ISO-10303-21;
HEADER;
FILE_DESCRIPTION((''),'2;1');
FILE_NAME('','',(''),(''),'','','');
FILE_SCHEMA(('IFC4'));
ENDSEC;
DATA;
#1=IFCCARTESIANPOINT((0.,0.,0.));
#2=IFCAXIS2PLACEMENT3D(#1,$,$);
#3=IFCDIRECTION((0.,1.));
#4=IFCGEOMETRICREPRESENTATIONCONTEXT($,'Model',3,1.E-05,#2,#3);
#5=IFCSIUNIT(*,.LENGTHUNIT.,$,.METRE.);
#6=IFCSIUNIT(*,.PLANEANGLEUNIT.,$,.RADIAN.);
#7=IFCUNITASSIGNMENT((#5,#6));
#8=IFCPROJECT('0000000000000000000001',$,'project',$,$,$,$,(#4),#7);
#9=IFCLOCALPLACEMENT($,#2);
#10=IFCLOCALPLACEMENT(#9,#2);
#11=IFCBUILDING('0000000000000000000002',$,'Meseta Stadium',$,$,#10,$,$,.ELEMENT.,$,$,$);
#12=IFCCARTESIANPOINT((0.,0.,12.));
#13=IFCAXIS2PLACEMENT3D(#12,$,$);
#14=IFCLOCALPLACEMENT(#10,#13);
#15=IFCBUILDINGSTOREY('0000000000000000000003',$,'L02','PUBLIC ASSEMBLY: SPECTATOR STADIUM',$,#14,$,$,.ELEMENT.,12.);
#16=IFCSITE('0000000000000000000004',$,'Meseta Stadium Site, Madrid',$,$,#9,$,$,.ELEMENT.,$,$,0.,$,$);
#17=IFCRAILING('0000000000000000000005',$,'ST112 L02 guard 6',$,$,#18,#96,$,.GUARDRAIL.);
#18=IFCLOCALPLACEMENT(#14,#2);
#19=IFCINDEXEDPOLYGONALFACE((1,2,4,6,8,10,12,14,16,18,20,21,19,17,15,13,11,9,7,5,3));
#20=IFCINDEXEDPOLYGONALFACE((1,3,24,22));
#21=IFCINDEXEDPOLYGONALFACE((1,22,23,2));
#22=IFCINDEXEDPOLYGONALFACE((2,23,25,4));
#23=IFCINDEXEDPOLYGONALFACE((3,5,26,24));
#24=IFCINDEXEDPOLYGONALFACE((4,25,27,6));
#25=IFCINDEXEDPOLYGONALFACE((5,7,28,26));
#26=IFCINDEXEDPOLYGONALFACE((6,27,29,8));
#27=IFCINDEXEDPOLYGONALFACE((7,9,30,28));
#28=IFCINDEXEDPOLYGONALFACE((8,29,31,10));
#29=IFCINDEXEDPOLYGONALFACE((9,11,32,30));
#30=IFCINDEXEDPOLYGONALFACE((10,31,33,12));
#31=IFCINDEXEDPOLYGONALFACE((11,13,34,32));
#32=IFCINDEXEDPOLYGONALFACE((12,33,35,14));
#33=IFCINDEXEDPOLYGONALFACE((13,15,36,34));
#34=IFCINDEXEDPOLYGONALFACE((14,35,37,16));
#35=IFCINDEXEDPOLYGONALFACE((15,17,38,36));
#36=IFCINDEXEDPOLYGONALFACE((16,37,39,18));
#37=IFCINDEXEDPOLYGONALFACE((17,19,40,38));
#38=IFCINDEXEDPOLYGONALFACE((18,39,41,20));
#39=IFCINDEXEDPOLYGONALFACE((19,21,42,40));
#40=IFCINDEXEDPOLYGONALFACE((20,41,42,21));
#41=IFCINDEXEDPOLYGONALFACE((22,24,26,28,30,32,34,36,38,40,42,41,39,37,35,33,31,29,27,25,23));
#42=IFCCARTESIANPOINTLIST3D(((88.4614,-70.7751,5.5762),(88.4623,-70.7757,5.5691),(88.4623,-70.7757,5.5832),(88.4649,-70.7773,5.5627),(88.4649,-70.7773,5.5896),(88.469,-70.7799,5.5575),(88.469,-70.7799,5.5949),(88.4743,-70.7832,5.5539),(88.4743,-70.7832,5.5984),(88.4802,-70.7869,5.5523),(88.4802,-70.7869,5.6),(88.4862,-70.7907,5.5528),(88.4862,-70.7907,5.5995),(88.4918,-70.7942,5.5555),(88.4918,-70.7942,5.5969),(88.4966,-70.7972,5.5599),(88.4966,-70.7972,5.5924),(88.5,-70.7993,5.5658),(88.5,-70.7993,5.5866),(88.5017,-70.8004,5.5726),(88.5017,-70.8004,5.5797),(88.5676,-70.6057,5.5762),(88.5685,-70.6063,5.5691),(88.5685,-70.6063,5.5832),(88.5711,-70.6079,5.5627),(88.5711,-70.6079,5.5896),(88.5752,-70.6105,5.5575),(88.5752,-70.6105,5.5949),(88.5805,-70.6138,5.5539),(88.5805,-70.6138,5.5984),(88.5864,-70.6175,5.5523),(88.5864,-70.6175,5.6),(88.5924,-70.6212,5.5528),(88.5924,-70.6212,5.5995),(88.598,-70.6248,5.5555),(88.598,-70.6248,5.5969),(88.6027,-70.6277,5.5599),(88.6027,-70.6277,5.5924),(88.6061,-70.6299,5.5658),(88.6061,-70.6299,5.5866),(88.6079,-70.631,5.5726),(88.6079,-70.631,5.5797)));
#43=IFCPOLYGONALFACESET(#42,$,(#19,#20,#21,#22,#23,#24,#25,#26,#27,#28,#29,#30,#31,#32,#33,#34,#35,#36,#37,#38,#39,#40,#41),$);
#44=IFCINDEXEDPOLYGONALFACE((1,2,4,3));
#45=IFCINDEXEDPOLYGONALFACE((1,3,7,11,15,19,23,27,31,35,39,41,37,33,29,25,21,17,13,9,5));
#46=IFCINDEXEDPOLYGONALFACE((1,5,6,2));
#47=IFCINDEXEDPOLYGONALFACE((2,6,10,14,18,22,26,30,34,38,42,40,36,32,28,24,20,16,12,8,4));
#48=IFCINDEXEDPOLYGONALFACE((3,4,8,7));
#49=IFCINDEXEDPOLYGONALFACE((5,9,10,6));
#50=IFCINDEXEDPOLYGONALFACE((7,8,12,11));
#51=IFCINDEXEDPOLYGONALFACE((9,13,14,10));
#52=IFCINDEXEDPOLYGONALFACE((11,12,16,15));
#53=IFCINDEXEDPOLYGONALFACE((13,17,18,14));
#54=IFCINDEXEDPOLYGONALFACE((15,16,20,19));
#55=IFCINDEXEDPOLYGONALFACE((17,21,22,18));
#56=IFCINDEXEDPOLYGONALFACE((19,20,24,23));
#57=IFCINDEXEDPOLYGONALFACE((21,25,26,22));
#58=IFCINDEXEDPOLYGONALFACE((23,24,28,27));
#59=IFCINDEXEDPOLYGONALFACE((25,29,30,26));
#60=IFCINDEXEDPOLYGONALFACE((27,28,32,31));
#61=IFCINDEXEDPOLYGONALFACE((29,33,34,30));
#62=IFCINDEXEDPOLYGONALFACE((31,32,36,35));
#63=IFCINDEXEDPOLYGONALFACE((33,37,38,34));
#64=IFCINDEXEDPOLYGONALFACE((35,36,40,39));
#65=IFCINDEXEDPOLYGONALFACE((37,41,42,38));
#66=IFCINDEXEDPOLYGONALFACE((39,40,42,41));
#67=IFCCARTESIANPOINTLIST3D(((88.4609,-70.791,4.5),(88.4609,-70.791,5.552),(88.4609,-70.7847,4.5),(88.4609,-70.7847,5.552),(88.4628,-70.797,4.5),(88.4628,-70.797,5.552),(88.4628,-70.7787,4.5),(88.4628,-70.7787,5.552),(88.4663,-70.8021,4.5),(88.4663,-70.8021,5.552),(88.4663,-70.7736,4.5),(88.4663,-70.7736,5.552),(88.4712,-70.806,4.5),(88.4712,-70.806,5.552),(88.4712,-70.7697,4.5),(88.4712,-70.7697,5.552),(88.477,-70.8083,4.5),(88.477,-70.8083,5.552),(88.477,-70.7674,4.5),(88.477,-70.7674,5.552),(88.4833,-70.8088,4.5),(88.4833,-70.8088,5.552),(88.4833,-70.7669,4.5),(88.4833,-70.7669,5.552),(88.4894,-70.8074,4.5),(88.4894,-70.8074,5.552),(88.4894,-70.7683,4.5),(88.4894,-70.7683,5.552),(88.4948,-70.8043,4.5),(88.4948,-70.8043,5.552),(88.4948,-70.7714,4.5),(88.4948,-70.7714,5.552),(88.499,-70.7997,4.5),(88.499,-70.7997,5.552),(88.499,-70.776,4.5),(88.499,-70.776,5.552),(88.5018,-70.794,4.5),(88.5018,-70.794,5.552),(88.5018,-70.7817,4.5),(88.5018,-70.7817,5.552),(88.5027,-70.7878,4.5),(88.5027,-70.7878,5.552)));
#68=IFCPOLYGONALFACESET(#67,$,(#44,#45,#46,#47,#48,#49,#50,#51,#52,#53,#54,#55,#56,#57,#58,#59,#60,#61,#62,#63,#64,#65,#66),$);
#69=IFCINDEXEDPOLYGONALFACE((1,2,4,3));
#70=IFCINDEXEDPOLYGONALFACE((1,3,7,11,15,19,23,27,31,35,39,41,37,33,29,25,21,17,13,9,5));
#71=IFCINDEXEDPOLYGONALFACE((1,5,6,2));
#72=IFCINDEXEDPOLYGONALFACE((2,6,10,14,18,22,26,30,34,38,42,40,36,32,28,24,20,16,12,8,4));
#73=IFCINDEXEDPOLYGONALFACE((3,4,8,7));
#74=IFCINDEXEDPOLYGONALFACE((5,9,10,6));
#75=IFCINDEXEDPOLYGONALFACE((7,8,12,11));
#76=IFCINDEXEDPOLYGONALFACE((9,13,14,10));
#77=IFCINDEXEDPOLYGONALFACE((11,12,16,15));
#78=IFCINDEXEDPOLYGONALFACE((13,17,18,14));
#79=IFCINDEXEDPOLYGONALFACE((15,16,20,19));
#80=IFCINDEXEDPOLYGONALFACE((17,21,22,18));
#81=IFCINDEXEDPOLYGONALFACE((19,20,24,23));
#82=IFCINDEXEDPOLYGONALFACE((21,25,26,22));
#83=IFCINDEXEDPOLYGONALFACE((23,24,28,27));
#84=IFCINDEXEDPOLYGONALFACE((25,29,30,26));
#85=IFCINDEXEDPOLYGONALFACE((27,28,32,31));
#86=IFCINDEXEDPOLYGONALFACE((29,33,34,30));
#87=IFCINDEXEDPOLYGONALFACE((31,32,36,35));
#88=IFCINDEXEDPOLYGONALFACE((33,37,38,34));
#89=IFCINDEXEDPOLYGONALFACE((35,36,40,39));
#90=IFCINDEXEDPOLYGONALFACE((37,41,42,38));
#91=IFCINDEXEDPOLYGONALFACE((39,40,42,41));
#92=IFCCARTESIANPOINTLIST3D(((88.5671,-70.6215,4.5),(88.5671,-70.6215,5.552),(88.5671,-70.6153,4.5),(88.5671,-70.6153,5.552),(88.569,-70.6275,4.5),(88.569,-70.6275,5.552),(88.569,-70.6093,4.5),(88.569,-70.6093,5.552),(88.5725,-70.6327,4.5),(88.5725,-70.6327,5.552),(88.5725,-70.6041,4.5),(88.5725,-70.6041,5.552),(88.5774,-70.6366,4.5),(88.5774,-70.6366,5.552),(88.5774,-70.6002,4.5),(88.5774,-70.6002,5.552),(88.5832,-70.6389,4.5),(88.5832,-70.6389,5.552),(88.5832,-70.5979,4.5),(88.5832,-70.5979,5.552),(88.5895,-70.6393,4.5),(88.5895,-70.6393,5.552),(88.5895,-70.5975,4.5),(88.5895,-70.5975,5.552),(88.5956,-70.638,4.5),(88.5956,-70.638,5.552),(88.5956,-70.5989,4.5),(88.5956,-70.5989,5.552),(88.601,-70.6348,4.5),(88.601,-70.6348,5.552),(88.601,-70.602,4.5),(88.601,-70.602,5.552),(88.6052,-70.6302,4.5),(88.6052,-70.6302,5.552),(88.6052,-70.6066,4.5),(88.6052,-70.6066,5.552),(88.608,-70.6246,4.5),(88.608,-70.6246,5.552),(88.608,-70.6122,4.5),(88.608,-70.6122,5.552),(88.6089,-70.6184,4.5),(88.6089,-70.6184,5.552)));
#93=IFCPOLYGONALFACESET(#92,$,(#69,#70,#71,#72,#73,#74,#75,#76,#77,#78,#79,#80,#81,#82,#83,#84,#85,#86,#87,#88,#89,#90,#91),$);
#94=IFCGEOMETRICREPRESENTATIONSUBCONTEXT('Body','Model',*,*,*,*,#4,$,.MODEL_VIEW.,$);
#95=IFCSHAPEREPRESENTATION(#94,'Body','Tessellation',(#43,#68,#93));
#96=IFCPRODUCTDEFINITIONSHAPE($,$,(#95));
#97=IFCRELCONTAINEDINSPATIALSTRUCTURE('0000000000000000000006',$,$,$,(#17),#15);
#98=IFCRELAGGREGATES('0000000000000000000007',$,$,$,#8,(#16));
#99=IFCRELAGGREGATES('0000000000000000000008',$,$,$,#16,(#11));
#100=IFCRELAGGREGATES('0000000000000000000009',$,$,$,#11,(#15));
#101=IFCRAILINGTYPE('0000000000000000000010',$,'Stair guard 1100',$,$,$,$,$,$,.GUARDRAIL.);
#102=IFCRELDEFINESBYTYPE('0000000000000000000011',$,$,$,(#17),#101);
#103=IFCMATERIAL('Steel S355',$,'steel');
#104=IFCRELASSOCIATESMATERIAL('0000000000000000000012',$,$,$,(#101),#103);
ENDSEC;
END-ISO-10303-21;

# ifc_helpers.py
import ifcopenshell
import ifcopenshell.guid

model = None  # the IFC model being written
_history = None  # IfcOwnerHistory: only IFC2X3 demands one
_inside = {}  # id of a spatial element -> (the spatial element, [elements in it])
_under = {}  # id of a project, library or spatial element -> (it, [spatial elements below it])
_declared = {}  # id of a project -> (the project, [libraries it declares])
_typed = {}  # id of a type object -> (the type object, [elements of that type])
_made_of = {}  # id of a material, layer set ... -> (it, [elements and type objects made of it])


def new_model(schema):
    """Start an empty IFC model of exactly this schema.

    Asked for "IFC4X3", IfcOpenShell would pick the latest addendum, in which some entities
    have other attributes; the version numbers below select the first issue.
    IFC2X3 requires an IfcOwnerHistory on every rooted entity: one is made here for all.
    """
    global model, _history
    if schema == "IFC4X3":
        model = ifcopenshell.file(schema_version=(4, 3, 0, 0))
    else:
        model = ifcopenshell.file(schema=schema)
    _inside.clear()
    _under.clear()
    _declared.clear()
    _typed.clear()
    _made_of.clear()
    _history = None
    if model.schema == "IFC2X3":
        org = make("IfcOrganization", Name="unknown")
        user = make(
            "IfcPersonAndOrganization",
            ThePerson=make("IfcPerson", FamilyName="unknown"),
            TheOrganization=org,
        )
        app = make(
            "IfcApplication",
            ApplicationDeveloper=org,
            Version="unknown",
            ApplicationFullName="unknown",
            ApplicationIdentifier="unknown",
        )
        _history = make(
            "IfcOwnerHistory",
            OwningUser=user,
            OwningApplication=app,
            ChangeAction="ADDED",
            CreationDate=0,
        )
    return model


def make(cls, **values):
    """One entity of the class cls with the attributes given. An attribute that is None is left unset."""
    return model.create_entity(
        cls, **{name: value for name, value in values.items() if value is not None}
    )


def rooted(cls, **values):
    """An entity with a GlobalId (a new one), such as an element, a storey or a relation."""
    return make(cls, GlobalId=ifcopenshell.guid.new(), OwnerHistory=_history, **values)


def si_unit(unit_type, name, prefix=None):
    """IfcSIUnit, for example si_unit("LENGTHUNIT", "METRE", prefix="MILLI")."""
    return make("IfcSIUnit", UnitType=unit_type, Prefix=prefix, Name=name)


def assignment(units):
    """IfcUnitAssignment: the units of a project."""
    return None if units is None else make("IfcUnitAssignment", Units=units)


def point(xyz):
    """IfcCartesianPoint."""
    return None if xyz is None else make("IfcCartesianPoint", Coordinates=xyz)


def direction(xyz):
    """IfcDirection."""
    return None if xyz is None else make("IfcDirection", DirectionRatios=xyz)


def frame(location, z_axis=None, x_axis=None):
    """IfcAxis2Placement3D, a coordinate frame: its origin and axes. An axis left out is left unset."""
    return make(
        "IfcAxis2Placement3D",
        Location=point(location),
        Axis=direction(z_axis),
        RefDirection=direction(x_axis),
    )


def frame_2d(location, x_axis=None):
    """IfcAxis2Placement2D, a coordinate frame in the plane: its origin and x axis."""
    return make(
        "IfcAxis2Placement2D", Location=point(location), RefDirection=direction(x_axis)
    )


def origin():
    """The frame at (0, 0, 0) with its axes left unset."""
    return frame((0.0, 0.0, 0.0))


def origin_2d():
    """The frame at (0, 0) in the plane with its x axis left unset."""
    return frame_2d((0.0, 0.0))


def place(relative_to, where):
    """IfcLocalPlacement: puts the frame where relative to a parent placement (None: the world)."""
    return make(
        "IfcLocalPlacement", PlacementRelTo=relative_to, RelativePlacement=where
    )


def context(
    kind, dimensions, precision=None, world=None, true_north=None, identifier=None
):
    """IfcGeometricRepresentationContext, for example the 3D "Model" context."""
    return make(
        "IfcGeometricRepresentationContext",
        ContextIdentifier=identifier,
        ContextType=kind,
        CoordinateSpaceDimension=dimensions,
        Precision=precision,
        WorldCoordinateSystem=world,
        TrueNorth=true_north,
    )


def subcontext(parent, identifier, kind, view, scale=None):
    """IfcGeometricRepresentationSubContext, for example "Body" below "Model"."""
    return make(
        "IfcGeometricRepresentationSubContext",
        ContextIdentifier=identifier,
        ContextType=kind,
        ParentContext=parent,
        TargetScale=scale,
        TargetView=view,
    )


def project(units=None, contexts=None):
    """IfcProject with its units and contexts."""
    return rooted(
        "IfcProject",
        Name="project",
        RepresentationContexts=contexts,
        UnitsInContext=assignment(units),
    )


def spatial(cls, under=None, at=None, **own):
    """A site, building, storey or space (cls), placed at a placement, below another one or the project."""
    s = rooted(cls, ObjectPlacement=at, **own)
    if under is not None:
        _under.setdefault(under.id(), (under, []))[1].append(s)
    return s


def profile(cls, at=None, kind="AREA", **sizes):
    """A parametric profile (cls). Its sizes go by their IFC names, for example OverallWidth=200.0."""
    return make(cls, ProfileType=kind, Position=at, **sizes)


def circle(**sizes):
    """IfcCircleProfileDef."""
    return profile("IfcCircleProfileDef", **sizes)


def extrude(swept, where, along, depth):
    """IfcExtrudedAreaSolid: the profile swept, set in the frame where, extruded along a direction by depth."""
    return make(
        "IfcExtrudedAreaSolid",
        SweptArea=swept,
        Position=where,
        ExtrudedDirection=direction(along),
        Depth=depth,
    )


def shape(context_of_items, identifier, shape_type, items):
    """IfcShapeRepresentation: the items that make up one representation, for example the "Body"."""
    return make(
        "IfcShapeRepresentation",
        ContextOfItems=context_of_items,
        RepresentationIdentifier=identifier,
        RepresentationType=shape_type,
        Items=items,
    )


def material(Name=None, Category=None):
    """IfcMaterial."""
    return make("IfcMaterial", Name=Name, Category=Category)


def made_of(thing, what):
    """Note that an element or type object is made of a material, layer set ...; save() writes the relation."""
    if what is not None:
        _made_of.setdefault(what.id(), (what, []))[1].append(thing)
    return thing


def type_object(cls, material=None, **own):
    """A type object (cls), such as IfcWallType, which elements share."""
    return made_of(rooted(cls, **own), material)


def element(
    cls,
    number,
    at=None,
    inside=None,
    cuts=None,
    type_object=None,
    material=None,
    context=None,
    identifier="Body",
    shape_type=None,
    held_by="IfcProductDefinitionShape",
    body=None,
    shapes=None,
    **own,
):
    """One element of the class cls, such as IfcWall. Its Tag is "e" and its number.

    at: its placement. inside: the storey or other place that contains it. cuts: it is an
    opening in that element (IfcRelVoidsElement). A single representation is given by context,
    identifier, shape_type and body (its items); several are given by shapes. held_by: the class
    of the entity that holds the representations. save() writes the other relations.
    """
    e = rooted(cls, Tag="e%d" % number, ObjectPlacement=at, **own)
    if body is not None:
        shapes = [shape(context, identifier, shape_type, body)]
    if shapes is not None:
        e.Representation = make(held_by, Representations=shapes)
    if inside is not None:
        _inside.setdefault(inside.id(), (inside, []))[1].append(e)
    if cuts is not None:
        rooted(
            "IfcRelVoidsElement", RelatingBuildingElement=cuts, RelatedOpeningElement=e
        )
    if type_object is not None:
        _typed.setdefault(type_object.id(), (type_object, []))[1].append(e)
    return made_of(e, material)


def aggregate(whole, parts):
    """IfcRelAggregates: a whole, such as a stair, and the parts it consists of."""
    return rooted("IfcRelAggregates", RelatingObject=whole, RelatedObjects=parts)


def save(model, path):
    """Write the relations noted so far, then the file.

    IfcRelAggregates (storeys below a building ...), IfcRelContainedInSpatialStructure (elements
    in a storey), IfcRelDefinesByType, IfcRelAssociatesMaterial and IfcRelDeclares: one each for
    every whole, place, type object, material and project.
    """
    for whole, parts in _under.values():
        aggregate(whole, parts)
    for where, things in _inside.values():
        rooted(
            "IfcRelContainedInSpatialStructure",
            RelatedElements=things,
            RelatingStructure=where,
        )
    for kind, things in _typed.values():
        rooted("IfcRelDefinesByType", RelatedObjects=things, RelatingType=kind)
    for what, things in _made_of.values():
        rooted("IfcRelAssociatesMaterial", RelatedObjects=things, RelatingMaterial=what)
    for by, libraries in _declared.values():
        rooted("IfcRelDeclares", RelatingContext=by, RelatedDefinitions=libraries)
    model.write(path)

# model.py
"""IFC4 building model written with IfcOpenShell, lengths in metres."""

from ifc_helpers import new_model, si_unit, direction, frame, origin, origin_2d, place, context, subcontext, project, spatial, circle, extrude, material, type_object, element, save


model = new_model("IFC4")

# Units and contexts
model_context = context("Model", 3, precision=1e-05, world=origin(), true_north=direction((0.0, 1.0)))
body_context = subcontext(model_context, "Body", "Model", "MODEL_VIEW")
ifc_project = project(units=[si_unit("LENGTHUNIT", "METRE"), si_unit("PLANEANGLEUNIT", "RADIAN")], contexts=[model_context])

# Site, building, storey
site_placement = place(None, origin())
site = spatial("IfcSite", under=ifc_project, at=site_placement, Name="Meseta Stadium Site, Madrid", CompositionType="ELEMENT", RefElevation=0.0)
building_placement = place(site_placement, origin())
building = spatial("IfcBuilding", under=site, at=building_placement, Name="Meseta Stadium", CompositionType="ELEMENT")
storey_placement = place(building_placement, frame((0.0, 0.0, 12.0)))
storey = spatial("IfcBuildingStorey", under=building, at=storey_placement, Name="L02", Description="PUBLIC ASSEMBLY: SPECTATOR STADIUM", CompositionType="ELEMENT", Elevation=12.0)

# Railing
ifc_material_1 = material(Name="Steel S355", Category="steel")
railing_type_1 = type_object("IfcRailingType", Name="Stair guard 1100", PredefinedType="GUARDRAIL", material=ifc_material_1)
railing_1_placement = place(storey_placement, frame((88.4817, -70.7878, 4.5)))
element("IfcRailing", 1, at=railing_1_placement, inside=storey, type_object=railing_type_1, Name="ST112 L02 guard 6", PredefinedType="GUARDRAIL", context=body_context, shape_type="SweptSolid", body=[
    extrude(circle(Radius=0.0239, at=origin_2d()), frame((0.0, 0.0, 1.0762), z_axis=(0.531096, 0.847312, 0.0), x_axis=(-0.847312, 0.531096, 0.0)), (0.0, 0.0, 1.0), 0.2),
    extrude(circle(Radius=0.021, at=origin_2d()), origin(), (0.0, 0.0, 1.0), 1.052),
    extrude(circle(Radius=0.021, at=origin_2d()), frame((0.1062, 0.1694, 0.0)), (0.0, 0.0, 1.0), 1.052),
])

save(model, "model.ifc")
